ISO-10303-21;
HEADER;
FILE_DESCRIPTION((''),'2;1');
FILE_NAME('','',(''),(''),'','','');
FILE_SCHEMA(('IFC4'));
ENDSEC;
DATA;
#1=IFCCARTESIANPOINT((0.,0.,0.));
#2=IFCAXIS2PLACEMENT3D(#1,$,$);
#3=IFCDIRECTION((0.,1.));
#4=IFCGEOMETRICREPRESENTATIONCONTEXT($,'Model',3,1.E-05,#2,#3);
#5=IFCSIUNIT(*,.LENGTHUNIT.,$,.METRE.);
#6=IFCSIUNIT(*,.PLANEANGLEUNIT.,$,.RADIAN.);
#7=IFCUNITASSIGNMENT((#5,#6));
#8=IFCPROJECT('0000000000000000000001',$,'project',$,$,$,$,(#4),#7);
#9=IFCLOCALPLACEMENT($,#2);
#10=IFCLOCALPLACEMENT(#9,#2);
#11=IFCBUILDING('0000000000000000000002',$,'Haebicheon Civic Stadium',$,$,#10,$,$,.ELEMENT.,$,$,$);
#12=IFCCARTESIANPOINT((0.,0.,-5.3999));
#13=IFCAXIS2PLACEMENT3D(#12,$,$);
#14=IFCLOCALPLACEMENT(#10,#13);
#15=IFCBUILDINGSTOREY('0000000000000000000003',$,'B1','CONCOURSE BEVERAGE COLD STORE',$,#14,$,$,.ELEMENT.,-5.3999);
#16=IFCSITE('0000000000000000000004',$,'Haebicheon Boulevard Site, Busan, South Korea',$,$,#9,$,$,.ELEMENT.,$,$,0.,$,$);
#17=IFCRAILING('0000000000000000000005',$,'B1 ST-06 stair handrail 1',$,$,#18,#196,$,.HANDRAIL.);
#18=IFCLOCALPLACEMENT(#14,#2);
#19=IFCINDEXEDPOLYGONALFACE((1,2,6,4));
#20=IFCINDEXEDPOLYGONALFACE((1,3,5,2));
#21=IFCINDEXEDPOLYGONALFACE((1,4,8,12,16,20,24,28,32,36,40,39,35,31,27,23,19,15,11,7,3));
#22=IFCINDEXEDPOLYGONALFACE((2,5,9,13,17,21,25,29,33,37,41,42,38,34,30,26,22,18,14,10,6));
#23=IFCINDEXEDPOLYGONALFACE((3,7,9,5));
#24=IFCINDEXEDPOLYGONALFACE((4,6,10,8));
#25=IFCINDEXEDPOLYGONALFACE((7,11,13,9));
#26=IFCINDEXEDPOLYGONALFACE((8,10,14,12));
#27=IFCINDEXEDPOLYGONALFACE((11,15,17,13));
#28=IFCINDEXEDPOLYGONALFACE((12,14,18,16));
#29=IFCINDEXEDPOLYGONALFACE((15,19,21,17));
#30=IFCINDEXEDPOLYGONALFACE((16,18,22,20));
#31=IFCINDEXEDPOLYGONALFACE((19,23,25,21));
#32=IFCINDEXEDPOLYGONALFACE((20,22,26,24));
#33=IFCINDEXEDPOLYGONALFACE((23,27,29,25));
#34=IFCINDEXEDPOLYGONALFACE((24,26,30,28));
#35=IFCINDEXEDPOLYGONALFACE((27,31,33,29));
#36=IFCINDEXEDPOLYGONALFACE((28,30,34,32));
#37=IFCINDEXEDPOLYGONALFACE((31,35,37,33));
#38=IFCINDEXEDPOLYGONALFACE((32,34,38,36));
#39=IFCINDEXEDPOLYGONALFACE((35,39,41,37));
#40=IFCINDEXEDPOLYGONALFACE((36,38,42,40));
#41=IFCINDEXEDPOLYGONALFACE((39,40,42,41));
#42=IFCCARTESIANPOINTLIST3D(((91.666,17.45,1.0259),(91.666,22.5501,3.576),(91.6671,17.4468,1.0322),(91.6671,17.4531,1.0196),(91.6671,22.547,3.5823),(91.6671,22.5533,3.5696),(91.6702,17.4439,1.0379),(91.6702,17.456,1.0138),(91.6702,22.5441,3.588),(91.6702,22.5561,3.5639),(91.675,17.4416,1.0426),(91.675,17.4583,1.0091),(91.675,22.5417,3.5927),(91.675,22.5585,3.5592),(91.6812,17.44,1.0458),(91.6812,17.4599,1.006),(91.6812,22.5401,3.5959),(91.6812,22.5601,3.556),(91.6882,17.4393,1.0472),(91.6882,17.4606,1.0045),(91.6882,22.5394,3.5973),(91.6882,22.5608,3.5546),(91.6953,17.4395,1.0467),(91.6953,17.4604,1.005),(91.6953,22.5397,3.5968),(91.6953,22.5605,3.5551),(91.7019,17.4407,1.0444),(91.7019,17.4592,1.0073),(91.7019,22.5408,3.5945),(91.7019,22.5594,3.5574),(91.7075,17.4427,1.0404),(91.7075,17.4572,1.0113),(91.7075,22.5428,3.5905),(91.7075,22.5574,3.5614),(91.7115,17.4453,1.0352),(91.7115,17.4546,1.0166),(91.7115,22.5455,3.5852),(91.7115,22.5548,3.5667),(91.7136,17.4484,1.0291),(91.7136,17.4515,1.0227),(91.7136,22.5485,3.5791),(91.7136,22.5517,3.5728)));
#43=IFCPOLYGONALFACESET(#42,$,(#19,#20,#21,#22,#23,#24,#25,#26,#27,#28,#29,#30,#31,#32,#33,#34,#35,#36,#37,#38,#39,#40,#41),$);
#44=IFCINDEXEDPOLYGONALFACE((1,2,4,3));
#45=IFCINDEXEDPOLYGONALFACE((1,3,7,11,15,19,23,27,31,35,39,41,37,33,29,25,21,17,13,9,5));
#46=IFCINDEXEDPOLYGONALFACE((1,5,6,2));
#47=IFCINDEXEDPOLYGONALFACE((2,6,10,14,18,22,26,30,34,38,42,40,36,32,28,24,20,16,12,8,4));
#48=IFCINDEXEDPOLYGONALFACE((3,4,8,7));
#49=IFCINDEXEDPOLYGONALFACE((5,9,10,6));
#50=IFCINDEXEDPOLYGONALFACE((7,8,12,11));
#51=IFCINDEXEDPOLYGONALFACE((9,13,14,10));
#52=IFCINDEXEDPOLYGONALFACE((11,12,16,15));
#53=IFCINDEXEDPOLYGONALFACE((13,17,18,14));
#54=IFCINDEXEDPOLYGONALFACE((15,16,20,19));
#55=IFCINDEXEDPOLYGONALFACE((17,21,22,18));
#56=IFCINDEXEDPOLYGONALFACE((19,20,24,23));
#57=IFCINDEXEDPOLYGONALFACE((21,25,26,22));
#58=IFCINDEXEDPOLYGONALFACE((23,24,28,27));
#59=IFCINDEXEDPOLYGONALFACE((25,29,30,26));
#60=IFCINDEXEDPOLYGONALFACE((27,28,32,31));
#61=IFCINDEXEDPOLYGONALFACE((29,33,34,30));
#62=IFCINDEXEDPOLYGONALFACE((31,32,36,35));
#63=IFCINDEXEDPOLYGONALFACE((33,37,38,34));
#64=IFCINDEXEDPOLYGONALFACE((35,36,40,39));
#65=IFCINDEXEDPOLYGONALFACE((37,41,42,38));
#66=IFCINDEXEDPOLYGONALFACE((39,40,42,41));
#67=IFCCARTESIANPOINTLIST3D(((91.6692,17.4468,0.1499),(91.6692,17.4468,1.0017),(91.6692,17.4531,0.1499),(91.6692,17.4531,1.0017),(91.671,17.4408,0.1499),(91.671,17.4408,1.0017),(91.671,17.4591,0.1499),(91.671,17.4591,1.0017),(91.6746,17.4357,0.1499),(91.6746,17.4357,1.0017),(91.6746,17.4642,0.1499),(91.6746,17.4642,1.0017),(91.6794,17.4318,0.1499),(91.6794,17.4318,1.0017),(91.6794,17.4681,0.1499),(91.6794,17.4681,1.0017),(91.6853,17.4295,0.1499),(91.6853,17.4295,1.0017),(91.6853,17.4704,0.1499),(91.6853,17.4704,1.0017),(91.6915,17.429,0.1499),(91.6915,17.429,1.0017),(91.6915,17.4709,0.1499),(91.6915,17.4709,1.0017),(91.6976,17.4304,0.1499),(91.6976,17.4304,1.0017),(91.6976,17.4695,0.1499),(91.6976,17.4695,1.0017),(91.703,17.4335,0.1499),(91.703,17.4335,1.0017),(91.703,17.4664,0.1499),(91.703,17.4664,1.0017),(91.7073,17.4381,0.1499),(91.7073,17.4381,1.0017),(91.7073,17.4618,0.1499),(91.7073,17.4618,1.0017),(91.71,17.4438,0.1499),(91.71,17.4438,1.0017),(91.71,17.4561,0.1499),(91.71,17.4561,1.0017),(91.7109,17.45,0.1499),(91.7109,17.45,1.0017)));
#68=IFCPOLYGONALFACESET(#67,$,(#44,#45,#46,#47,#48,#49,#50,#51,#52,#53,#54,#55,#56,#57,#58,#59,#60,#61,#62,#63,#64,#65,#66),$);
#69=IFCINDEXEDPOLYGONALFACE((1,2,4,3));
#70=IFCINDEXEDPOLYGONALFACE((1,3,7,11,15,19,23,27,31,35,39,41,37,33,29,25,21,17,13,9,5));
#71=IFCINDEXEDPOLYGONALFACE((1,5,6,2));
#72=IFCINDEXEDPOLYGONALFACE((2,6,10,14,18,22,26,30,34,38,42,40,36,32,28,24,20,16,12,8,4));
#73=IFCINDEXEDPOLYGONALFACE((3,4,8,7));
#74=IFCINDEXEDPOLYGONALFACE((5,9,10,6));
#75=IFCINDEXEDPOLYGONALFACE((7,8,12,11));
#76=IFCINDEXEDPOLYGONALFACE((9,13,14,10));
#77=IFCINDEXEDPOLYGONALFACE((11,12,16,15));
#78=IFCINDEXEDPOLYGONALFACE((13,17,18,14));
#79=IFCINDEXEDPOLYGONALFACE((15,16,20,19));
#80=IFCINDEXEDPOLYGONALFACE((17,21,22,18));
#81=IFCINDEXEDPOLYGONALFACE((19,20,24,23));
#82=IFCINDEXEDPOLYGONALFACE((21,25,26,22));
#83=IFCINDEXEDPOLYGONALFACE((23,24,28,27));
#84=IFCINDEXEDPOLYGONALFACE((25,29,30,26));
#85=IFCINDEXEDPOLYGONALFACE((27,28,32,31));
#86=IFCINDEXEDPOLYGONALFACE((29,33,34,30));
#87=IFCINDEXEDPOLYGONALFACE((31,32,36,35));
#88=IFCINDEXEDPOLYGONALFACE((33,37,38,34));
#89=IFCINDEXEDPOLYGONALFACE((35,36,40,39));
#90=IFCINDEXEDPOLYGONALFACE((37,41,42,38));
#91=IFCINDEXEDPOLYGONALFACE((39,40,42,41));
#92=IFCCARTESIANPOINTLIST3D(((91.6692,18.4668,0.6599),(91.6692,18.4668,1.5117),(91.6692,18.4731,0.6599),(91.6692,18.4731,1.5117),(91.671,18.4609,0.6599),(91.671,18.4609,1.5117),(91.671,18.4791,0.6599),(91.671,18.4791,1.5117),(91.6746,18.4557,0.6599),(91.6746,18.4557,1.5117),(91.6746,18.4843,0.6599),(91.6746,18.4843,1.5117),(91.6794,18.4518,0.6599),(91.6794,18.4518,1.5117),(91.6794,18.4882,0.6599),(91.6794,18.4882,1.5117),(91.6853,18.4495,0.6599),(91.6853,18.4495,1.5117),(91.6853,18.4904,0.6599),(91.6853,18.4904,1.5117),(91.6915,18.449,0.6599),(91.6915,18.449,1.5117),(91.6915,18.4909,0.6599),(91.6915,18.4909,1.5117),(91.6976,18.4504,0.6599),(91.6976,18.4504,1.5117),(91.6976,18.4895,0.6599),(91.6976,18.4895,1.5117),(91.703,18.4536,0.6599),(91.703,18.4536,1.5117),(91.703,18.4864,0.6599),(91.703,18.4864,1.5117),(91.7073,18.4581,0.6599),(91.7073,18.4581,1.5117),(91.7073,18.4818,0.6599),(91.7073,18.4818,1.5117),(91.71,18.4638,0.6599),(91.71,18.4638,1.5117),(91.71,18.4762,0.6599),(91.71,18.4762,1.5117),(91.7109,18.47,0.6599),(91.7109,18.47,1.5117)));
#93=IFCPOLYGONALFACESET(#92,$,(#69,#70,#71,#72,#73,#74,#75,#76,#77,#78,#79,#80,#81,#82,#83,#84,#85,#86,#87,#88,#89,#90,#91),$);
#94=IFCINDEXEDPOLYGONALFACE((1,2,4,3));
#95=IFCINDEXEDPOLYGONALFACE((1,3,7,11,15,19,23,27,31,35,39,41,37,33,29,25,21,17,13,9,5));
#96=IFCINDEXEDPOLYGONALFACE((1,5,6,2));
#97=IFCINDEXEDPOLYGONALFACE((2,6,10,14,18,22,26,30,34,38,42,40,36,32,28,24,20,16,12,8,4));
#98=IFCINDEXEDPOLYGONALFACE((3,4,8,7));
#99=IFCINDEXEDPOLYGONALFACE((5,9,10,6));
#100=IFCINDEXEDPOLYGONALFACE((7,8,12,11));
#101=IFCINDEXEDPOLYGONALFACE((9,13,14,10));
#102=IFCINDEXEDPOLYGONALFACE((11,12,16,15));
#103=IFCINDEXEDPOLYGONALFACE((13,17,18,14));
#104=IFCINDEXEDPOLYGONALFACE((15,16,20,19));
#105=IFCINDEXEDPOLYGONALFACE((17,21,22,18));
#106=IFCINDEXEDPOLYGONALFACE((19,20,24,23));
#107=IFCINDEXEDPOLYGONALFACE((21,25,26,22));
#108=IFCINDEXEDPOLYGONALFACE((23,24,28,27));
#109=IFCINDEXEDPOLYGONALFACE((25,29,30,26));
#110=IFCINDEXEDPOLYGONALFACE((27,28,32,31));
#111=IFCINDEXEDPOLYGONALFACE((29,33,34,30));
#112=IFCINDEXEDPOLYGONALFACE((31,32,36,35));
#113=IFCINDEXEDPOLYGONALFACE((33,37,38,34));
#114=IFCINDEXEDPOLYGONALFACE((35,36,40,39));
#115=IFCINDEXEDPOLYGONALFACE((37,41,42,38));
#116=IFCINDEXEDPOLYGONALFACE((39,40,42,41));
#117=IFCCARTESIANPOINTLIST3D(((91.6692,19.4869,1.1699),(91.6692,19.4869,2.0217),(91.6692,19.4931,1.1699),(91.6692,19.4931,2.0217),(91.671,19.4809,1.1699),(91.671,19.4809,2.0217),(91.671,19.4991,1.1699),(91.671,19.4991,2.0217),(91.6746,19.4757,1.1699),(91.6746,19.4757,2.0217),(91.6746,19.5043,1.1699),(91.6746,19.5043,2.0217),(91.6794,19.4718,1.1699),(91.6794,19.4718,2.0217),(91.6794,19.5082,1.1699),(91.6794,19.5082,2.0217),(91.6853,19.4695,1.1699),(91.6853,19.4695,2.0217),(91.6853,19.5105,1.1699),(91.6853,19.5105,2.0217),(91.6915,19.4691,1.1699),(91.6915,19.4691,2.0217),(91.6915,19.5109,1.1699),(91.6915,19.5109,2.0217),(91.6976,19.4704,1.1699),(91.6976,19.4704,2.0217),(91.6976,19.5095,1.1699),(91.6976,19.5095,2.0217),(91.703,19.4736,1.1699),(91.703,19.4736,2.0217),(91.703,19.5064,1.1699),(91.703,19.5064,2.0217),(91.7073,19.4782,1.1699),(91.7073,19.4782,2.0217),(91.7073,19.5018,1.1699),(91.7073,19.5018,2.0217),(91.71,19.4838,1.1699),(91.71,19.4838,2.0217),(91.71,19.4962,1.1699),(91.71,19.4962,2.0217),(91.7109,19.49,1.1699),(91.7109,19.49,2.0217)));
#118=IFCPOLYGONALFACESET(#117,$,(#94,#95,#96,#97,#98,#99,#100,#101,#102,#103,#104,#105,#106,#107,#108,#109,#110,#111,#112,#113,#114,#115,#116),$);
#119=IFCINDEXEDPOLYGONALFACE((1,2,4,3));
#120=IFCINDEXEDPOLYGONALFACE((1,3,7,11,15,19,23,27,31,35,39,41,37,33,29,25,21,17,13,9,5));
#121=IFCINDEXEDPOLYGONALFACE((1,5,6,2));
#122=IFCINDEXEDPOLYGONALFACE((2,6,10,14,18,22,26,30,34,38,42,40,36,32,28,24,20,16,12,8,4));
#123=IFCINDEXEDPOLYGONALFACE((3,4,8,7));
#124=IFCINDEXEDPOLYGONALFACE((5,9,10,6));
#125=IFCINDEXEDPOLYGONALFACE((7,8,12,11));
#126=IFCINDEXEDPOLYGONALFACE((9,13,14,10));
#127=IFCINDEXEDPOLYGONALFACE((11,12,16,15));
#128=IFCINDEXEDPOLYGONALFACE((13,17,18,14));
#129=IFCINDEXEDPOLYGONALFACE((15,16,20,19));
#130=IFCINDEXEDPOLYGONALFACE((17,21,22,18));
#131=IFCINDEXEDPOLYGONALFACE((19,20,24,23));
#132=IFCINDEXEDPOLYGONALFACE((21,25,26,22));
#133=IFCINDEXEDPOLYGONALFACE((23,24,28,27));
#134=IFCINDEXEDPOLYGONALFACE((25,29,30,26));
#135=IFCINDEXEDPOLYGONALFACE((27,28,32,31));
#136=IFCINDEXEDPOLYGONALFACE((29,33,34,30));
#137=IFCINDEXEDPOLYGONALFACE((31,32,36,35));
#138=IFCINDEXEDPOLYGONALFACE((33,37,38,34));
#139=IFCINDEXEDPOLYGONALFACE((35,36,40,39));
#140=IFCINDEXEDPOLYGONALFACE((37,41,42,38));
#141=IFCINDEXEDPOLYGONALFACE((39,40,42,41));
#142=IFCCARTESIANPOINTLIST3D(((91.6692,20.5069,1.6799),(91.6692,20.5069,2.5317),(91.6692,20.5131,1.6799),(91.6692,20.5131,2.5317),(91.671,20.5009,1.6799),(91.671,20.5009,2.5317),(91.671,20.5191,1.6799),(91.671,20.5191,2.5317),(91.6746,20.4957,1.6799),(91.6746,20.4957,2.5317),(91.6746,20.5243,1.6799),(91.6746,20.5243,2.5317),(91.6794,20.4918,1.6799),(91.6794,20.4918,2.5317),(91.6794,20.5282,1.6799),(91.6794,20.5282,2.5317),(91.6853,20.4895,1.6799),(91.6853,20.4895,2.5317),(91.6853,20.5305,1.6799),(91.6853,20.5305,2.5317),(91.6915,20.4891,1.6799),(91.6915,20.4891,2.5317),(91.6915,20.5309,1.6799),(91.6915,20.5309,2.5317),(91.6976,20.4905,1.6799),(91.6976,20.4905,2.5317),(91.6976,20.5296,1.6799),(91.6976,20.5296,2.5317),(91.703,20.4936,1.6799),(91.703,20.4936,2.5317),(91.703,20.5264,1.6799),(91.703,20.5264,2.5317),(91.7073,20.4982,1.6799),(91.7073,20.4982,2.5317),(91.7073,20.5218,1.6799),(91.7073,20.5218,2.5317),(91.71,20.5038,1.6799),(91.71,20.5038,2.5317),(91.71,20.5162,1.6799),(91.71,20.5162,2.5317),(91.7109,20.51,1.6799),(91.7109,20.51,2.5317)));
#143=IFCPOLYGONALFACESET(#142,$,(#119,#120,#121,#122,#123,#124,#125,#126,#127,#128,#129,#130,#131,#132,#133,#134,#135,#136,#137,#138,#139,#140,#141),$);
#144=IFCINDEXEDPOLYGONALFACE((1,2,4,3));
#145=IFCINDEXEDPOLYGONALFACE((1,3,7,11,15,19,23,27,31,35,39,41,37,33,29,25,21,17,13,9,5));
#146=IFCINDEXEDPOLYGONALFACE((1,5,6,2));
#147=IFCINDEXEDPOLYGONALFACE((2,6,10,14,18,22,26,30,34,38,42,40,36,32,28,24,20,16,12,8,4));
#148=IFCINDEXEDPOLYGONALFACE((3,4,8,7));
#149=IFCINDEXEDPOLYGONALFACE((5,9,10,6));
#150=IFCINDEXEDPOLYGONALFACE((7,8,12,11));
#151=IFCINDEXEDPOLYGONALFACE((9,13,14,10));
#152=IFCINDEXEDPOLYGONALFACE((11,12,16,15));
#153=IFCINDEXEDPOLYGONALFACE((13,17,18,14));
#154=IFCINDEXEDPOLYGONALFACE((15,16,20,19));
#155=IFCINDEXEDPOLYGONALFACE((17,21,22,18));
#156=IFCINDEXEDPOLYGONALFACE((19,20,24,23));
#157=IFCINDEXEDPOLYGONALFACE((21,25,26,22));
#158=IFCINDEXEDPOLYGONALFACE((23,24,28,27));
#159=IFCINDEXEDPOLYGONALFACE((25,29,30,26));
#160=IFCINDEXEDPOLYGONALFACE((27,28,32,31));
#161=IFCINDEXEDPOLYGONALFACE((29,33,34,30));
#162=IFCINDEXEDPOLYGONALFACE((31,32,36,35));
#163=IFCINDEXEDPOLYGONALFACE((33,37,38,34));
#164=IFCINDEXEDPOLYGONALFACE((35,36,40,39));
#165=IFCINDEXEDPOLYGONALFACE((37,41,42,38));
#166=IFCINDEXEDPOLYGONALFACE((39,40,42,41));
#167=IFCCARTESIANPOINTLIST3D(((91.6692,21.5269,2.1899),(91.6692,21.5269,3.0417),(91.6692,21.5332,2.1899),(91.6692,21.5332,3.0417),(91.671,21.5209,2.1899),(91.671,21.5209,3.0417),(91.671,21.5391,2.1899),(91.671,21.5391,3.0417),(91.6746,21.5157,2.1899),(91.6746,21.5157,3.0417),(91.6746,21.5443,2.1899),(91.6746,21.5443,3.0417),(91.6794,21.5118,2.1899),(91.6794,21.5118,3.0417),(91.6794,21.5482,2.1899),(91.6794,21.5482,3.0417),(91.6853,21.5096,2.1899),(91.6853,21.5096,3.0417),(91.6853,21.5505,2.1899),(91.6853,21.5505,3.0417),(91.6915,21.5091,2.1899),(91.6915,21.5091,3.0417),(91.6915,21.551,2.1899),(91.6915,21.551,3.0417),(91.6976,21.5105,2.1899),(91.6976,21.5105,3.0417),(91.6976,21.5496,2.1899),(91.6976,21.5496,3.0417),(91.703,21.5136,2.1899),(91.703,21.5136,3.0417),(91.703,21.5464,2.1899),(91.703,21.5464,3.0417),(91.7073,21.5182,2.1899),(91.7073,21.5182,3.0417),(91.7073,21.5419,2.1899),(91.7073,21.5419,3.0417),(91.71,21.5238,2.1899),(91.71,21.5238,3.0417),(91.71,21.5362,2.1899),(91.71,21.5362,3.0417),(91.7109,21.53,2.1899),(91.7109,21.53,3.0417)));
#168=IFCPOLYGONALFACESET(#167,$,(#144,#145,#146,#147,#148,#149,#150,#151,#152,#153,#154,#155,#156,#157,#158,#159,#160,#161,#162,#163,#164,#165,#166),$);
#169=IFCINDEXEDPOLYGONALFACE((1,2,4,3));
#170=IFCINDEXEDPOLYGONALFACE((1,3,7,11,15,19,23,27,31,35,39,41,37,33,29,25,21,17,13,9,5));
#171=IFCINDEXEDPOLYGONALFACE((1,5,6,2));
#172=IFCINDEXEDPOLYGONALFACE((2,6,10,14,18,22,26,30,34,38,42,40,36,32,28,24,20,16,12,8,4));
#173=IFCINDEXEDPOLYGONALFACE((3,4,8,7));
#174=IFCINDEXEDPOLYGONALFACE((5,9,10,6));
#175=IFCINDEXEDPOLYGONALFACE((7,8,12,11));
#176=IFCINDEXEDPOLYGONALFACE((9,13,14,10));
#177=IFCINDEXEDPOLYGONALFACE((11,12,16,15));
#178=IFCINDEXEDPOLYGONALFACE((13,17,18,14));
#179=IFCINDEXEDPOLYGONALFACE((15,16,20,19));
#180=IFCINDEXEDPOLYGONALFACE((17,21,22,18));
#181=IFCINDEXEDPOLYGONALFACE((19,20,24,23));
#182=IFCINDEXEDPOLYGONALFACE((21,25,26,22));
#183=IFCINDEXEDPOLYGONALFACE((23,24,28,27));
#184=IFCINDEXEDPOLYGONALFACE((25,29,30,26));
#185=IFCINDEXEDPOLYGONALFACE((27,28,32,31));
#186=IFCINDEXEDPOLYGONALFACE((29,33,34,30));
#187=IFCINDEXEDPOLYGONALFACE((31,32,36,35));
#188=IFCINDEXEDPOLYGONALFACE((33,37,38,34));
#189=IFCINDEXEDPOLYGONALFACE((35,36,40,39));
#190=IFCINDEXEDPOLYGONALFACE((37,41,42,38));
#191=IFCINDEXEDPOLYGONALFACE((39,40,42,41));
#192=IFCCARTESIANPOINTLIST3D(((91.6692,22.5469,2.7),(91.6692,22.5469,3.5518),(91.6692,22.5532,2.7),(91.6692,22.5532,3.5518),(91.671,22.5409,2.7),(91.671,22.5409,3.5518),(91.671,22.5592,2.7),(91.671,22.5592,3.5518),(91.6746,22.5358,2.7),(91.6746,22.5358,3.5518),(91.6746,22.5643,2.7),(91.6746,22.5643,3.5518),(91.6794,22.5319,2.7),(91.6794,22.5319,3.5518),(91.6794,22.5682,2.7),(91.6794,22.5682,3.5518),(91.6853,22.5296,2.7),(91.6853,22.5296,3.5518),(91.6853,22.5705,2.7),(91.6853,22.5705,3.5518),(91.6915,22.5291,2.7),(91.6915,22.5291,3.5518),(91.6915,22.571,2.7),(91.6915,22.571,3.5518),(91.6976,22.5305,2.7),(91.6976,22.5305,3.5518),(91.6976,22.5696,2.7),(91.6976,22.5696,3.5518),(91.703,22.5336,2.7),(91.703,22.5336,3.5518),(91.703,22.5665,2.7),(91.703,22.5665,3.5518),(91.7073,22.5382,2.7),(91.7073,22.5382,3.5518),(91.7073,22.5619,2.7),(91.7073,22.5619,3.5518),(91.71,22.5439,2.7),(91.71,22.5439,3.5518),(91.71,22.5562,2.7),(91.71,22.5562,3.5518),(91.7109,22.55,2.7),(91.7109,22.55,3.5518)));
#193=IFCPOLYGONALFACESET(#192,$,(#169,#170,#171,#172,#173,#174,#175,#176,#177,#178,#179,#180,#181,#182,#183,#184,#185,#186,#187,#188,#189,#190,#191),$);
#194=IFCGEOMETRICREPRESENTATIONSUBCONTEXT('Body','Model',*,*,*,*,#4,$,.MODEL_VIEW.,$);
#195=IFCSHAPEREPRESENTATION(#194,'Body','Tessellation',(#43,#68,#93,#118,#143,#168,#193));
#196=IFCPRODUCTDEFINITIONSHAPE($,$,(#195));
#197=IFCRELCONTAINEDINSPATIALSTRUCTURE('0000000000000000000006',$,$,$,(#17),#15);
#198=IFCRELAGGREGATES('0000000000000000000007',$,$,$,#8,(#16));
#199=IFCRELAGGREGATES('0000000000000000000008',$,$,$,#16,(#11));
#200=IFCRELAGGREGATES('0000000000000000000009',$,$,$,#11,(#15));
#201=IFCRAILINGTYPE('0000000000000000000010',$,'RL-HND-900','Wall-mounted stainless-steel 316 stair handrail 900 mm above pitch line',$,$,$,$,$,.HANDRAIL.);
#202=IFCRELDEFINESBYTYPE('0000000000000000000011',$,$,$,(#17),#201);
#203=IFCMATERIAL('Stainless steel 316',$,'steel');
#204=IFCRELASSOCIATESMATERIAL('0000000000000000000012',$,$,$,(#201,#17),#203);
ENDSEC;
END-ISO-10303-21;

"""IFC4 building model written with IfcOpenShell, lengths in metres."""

from ifc_helpers import new_model, si_unit, direction, frame, origin, origin_2d, place, context, subcontext, project, spatial, circle, extrude, material, type_object, element, save


model = new_model("IFC4")

# Units and contexts
model_context = context("Model", 3, precision=1e-05, world=origin(), true_north=direction((0.0, 1.0)))
body_context = subcontext(model_context, "Body", "Model", "MODEL_VIEW")
ifc_project = project(units=[si_unit("LENGTHUNIT", "METRE"), si_unit("PLANEANGLEUNIT", "RADIAN")], contexts=[model_context])

# Site, building, storey
site_placement = place(None, origin())
site = spatial("IfcSite", under=ifc_project, at=site_placement, Name="Haebicheon Boulevard Site, Busan, South Korea", CompositionType="ELEMENT", RefElevation=0.0)
building_placement = place(site_placement, origin())
building = spatial("IfcBuilding", under=site, at=building_placement, Name="Haebicheon Civic Stadium", CompositionType="ELEMENT")
storey_placement = place(building_placement, frame((0.0, 0.0, -5.3999)))
storey = spatial("IfcBuildingStorey", under=building, at=storey_placement, Name="B1", Description="CONCOURSE BEVERAGE COLD STORE", CompositionType="ELEMENT", Elevation=-5.3999)

# Railing
ifc_material_1 = material(Name="Stainless steel 316", Category="steel")
railing_type_1 = type_object("IfcRailingType", Name="RL-HND-900", Description="Wall-mounted stainless-steel 316 stair handrail 900 mm above pitch line", PredefinedType="HANDRAIL", material=ifc_material_1)
railing_1_placement = place(storey_placement, frame((91.6899, 17.45, 0.1499)))
element("IfcRailing", 1, at=railing_1_placement, inside=storey, type_object=railing_type_1, material=ifc_material_1, Name="B1 ST-06 stair handrail 1", PredefinedType="HANDRAIL", context=body_context, shape_type="SweptSolid", body=[
    extrude(circle(Radius=0.0239, at=origin_2d()), frame((0.0, 0.0, 0.876), z_axis=(0.0, 0.894427, 0.447214), x_axis=(-1.0, 0.0, 0.0)), (0.0, 0.0, 1.0), 5.7021),
    extrude(circle(Radius=0.021, at=origin_2d()), origin(), (0.0, 0.0, 1.0), 0.8518),
    extrude(circle(Radius=0.021, at=origin_2d()), frame((0.0, 1.02, 0.51)), (0.0, 0.0, 1.0), 0.8518),
    extrude(circle(Radius=0.021, at=origin_2d()), frame((0.0, 2.04, 1.02)), (0.0, 0.0, 1.0), 0.8518),
    extrude(circle(Radius=0.021, at=origin_2d()), frame((0.0, 3.0601, 1.53)), (0.0, 0.0, 1.0), 0.8518),
    extrude(circle(Radius=0.021, at=origin_2d()), frame((0.0, 4.0801, 2.04)), (0.0, 0.0, 1.0), 0.8518),
    extrude(circle(Radius=0.021, at=origin_2d()), frame((0.0, 5.1001, 2.55)), (0.0, 0.0, 1.0), 0.8518),
])

save(model, "model.ifc")
